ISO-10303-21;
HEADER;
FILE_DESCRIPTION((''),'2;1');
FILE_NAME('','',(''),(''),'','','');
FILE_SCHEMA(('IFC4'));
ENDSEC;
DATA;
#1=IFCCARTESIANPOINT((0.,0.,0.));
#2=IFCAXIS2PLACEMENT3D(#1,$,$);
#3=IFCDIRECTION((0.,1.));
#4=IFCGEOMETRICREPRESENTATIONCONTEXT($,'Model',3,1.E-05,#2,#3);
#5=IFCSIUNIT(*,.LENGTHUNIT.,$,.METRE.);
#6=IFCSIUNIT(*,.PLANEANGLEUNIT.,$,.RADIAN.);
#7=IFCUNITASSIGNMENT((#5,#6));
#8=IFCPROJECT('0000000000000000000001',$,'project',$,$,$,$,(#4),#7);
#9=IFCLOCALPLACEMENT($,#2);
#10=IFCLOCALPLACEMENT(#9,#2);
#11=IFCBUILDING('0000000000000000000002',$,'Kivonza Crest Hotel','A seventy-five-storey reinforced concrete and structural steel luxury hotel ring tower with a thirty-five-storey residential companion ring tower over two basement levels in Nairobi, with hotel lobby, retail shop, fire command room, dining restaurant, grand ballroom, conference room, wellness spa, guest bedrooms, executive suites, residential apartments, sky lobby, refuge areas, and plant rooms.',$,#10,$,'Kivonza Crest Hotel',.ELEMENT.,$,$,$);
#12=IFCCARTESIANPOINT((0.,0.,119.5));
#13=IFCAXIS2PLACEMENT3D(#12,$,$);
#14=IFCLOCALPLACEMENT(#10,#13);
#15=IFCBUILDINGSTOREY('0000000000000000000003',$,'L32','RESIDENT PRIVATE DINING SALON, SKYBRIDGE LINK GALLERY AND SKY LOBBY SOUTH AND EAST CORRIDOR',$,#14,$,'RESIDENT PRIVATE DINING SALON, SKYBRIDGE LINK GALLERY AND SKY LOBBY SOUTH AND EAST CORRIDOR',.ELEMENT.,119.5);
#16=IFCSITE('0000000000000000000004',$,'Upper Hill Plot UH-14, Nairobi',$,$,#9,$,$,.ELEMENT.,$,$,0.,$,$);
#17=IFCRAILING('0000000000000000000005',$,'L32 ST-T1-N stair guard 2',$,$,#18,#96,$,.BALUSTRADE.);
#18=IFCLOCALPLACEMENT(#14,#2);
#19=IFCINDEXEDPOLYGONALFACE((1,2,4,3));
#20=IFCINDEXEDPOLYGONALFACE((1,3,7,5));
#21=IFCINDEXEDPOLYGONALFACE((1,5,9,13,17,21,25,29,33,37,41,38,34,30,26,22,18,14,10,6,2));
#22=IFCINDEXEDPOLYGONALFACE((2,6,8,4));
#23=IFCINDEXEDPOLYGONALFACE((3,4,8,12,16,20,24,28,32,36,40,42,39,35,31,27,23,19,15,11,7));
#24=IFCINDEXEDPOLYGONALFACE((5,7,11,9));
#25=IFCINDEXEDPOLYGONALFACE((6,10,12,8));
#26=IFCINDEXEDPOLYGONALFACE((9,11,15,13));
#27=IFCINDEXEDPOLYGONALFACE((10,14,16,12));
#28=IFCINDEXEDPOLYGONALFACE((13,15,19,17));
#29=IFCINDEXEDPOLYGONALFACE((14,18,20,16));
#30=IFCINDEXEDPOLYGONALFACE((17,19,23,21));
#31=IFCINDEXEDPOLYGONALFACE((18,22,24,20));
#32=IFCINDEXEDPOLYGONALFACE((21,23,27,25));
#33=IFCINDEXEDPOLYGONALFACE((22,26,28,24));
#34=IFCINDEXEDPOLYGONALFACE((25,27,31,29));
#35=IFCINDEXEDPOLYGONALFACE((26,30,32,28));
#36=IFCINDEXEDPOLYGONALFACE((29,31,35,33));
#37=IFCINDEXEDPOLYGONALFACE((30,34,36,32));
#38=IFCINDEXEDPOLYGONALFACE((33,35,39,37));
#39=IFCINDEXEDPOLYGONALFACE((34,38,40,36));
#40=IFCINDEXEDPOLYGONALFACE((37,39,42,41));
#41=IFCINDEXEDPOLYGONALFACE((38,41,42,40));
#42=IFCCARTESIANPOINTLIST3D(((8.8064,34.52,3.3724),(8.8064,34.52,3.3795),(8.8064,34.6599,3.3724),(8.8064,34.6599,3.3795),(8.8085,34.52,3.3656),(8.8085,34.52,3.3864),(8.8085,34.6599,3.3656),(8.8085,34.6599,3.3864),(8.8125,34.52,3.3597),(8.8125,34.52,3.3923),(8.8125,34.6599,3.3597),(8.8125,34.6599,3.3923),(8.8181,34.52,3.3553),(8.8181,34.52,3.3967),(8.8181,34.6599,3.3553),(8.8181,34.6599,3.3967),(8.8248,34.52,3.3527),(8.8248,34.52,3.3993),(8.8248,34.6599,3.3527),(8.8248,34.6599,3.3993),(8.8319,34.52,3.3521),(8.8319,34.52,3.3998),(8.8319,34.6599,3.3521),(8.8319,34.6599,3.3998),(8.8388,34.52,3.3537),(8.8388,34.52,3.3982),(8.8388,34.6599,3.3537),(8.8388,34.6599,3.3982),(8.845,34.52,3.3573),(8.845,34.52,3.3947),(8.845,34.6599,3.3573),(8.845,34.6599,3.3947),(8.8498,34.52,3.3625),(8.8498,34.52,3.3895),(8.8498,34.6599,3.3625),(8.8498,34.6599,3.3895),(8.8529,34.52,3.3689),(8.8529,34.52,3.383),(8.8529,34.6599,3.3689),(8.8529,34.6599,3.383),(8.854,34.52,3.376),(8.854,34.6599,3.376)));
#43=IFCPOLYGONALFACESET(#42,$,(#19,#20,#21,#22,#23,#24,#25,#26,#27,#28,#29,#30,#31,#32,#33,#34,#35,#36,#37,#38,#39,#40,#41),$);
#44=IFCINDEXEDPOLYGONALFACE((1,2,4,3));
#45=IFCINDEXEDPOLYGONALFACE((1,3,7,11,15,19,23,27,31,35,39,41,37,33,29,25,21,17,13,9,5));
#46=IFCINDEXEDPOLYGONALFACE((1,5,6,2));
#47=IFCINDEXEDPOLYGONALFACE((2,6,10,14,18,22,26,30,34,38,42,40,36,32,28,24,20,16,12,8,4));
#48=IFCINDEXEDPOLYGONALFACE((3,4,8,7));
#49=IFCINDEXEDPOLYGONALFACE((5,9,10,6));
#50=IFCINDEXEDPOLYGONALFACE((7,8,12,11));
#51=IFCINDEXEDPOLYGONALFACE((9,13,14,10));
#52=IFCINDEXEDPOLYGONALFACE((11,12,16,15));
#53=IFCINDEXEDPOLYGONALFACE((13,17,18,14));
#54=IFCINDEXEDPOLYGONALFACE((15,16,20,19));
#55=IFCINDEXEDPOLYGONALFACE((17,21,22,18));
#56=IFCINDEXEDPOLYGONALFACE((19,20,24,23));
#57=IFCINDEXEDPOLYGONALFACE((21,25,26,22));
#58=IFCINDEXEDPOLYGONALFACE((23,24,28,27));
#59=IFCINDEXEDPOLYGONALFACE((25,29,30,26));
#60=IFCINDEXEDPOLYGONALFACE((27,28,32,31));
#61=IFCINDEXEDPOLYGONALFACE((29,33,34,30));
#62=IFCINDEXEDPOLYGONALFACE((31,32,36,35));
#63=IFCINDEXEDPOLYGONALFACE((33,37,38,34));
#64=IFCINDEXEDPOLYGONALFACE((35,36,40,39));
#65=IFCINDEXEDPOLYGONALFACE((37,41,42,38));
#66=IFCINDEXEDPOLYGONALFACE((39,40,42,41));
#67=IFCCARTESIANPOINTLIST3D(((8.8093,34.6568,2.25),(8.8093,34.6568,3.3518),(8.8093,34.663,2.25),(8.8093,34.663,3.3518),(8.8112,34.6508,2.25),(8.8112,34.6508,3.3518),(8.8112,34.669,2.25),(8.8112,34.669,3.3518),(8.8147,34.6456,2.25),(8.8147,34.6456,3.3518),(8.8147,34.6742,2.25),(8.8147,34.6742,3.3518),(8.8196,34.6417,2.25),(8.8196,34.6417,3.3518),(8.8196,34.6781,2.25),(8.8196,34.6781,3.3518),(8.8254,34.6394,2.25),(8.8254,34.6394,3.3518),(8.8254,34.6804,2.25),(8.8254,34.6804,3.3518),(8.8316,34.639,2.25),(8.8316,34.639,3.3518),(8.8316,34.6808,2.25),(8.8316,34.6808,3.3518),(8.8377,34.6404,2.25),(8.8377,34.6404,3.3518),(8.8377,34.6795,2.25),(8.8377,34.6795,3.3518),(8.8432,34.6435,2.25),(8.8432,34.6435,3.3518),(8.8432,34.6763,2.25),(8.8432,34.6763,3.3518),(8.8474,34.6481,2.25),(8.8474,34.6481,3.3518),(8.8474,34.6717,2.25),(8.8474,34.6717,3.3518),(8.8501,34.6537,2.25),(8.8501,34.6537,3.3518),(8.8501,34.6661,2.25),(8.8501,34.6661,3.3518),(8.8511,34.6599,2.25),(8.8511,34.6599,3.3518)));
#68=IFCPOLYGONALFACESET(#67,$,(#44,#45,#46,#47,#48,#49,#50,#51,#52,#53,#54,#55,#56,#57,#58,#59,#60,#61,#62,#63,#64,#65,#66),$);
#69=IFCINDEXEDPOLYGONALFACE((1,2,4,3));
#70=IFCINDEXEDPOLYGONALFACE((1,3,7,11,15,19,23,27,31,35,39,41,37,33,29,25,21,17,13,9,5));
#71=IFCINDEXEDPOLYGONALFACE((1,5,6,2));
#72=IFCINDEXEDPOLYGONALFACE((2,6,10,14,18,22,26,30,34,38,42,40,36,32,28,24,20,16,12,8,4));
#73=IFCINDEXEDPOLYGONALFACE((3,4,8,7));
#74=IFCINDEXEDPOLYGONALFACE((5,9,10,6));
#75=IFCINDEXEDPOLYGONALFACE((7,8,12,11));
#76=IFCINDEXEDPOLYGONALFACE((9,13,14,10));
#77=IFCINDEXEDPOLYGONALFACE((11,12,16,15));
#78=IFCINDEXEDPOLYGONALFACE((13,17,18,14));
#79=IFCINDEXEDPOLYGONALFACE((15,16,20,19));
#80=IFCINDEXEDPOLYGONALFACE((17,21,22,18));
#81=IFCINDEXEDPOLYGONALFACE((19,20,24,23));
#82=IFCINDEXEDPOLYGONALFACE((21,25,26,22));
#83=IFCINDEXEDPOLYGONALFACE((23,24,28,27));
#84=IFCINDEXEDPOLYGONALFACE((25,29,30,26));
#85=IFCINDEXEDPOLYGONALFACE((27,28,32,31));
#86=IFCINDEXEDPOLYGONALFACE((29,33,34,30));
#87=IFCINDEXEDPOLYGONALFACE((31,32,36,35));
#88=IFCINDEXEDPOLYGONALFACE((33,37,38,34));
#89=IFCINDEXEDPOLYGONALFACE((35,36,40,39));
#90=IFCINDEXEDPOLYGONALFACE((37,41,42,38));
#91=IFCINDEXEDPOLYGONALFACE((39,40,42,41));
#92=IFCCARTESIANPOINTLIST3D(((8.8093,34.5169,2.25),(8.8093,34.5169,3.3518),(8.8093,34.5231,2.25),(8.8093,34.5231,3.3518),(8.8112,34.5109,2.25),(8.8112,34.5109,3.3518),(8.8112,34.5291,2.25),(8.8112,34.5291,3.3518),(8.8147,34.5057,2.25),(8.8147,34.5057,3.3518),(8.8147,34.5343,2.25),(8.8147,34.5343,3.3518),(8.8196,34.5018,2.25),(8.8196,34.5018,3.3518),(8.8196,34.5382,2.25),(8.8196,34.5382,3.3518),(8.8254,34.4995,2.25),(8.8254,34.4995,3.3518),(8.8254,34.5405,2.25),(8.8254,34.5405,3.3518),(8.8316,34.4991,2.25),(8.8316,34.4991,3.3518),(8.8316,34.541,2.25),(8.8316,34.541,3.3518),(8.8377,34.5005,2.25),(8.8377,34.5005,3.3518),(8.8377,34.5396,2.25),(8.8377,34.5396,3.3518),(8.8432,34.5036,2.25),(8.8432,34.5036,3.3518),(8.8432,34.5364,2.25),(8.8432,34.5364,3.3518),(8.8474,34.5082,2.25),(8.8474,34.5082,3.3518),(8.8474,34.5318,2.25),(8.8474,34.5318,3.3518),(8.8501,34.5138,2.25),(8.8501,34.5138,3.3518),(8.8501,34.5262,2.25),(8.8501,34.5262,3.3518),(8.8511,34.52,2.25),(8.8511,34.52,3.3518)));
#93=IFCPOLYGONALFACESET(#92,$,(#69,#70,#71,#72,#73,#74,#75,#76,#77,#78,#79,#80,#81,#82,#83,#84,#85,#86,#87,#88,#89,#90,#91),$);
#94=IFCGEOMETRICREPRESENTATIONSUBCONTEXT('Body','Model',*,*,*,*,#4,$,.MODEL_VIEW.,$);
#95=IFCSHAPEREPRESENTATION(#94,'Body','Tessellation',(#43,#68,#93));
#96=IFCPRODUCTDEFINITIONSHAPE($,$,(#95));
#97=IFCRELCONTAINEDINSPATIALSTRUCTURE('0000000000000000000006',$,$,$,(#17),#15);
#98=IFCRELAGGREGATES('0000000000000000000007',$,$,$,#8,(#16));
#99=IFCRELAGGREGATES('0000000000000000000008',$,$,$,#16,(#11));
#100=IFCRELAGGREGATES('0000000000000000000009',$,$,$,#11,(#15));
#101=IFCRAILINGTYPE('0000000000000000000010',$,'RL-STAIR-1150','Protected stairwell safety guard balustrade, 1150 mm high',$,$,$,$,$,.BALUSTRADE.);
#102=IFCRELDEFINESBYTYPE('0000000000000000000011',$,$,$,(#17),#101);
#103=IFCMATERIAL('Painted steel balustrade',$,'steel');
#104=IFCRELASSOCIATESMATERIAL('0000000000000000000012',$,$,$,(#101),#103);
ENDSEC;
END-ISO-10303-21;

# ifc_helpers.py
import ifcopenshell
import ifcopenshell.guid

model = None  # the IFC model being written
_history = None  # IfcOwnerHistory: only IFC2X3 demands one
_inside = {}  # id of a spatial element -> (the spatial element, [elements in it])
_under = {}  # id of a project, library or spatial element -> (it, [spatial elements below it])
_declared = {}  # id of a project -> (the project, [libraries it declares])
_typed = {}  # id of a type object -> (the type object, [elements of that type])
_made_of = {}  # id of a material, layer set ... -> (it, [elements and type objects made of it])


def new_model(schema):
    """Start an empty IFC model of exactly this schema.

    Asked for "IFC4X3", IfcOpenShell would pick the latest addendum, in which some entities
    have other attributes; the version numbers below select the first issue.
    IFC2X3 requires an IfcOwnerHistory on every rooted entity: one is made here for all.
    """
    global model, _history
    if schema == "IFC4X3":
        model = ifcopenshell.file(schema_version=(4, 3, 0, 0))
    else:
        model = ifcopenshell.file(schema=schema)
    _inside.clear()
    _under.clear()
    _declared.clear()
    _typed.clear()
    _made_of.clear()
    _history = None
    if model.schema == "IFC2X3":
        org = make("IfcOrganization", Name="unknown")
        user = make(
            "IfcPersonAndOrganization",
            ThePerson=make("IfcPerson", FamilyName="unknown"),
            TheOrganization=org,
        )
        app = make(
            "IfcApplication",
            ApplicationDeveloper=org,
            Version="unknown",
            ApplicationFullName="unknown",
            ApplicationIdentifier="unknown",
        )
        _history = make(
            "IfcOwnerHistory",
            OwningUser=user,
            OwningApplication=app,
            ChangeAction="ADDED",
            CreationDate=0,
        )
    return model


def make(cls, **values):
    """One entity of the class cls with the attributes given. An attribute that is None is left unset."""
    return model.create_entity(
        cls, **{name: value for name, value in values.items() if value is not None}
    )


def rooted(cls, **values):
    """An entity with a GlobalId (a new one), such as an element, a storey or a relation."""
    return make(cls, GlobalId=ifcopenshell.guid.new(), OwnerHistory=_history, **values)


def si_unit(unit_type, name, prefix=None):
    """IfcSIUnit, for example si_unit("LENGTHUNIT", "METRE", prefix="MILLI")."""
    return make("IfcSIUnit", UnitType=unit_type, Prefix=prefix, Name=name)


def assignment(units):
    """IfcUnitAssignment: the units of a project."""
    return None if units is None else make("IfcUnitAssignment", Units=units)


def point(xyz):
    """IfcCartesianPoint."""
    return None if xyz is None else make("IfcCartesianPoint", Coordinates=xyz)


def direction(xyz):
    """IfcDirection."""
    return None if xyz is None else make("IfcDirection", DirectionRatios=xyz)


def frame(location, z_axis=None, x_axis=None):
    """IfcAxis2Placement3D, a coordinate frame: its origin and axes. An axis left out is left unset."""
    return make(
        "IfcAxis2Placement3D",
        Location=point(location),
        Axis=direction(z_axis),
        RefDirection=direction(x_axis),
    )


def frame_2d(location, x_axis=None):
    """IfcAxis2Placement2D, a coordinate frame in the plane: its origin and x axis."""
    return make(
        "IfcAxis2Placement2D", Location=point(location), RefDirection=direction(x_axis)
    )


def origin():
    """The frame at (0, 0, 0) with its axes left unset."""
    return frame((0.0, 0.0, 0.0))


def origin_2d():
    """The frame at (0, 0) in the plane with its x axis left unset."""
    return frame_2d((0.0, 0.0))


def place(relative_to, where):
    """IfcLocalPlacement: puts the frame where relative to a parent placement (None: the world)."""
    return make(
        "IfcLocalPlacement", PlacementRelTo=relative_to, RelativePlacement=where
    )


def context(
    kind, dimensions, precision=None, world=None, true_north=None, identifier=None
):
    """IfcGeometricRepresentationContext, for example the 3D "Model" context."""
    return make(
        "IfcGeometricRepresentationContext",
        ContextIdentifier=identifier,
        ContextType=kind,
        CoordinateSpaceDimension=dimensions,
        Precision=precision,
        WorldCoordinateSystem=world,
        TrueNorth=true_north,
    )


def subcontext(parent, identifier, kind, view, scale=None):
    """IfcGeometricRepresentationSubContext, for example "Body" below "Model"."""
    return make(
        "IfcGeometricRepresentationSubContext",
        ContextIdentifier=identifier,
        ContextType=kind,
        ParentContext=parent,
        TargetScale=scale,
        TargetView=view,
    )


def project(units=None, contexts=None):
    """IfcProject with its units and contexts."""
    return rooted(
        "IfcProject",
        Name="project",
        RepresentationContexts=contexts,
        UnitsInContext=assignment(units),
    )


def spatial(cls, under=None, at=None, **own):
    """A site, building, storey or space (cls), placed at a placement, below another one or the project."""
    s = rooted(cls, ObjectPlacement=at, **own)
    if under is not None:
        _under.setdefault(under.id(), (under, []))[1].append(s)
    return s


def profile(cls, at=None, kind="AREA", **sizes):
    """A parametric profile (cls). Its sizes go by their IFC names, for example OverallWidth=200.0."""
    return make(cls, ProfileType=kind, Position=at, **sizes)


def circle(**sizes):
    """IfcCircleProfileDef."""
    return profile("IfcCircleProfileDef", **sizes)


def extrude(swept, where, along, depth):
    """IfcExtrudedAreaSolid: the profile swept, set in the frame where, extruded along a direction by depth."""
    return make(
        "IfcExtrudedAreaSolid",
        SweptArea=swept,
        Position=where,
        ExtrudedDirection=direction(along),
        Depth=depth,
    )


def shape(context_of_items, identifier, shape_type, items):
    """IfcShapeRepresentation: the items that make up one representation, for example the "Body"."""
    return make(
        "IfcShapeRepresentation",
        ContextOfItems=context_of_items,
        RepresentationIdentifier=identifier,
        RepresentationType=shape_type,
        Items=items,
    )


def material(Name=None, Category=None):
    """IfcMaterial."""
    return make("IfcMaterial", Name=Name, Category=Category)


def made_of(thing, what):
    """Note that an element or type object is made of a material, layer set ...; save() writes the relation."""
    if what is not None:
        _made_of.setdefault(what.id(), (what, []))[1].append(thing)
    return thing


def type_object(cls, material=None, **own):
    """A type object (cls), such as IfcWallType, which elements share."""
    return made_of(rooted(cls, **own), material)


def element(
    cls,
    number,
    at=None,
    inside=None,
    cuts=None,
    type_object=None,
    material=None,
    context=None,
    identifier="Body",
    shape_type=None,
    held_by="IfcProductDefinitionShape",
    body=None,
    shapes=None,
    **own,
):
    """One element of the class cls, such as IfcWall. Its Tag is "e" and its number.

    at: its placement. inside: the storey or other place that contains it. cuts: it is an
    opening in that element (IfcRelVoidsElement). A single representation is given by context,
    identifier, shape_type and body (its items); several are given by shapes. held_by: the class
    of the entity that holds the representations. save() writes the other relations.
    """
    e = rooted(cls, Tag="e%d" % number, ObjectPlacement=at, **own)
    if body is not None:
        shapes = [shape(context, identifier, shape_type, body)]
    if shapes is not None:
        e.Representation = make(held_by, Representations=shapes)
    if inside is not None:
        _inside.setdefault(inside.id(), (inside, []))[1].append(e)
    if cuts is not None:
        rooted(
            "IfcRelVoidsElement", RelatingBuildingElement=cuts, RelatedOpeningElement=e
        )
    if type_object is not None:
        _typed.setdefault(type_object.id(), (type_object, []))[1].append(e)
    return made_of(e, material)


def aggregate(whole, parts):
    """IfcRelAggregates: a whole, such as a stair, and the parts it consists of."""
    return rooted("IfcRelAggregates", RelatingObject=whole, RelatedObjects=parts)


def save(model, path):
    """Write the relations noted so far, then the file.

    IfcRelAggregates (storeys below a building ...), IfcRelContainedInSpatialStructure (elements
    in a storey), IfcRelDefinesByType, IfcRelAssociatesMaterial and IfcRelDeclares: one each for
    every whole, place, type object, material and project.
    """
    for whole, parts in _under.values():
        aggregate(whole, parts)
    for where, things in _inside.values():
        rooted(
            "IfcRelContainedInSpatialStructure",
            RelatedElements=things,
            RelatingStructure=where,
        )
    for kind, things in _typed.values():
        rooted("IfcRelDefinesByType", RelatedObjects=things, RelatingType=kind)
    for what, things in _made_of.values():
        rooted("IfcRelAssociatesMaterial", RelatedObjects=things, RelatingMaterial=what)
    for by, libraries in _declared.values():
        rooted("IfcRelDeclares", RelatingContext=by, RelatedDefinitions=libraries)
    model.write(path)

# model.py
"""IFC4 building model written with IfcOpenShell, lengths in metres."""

from ifc_helpers import new_model, si_unit, direction, frame, origin, origin_2d, place, context, subcontext, project, spatial, circle, extrude, material, type_object, element, save


model = new_model("IFC4")

# Units and contexts
model_context = context("Model", 3, precision=1e-05, world=origin(), true_north=direction((0.0, 1.0)))
body_context = subcontext(model_context, "Body", "Model", "MODEL_VIEW")
ifc_project = project(units=[si_unit("LENGTHUNIT", "METRE"), si_unit("PLANEANGLEUNIT", "RADIAN")], contexts=[model_context])

# Site, building, storey
site_placement = place(None, origin())
site = spatial("IfcSite", under=ifc_project, at=site_placement, Name="Upper Hill Plot UH-14, Nairobi", CompositionType="ELEMENT", RefElevation=0.0)
building_placement = place(site_placement, origin())
building = spatial("IfcBuilding", under=site, at=building_placement, Name="Kivonza Crest Hotel", Description="A seventy-five-storey reinforced concrete and structural steel luxury hotel ring tower with a thirty-five-storey residential companion ring tower over two basement levels in Nairobi, with hotel lobby, retail shop, fire command room, dining restaurant, grand ballroom, conference room, wellness spa, guest bedrooms, executive suites, residential apartments, sky lobby, refuge areas, and plant rooms.", LongName="Kivonza Crest Hotel", CompositionType="ELEMENT")
storey_placement = place(building_placement, frame((0.0, 0.0, 119.5)))
storey = spatial("IfcBuildingStorey", under=building, at=storey_placement, Name="L32", Description="RESIDENT PRIVATE DINING SALON, SKYBRIDGE LINK GALLERY AND SKY LOBBY SOUTH AND EAST CORRIDOR", LongName="RESIDENT PRIVATE DINING SALON, SKYBRIDGE LINK GALLERY AND SKY LOBBY SOUTH AND EAST CORRIDOR", CompositionType="ELEMENT", Elevation=119.5)

# Railing
ifc_material_1 = material(Name="Painted steel balustrade", Category="steel")
railing_type_1 = type_object("IfcRailingType", Name="RL-STAIR-1150", Description="Protected stairwell safety guard balustrade, 1150 mm high", PredefinedType="BALUSTRADE", material=ifc_material_1)
railing_1_placement = place(storey_placement, frame((8.8301, 34.6599, 2.25)))
element("IfcRailing", 1, at=railing_1_placement, inside=storey, type_object=railing_type_1, Name="L32 ST-T1-N stair guard 2", PredefinedType="BALUSTRADE", context=body_context, shape_type="SweptSolid", body=[
    extrude(circle(Radius=0.0239, at=origin_2d()), frame((0.0, 0.0, 1.126), z_axis=(0.0, -1.0, 0.0), x_axis=(1.0, 0.0, 0.0)), (0.0, 0.0, 1.0), 0.1399),
    extrude(circle(Radius=0.021, at=origin_2d()), origin(), (0.0, 0.0, 1.0), 1.1018),
    extrude(circle(Radius=0.021, at=origin_2d()), frame((0.0, -0.1399, 0.0)), (0.0, 0.0, 1.0), 1.1018),
])

save(model, "model.ifc")
